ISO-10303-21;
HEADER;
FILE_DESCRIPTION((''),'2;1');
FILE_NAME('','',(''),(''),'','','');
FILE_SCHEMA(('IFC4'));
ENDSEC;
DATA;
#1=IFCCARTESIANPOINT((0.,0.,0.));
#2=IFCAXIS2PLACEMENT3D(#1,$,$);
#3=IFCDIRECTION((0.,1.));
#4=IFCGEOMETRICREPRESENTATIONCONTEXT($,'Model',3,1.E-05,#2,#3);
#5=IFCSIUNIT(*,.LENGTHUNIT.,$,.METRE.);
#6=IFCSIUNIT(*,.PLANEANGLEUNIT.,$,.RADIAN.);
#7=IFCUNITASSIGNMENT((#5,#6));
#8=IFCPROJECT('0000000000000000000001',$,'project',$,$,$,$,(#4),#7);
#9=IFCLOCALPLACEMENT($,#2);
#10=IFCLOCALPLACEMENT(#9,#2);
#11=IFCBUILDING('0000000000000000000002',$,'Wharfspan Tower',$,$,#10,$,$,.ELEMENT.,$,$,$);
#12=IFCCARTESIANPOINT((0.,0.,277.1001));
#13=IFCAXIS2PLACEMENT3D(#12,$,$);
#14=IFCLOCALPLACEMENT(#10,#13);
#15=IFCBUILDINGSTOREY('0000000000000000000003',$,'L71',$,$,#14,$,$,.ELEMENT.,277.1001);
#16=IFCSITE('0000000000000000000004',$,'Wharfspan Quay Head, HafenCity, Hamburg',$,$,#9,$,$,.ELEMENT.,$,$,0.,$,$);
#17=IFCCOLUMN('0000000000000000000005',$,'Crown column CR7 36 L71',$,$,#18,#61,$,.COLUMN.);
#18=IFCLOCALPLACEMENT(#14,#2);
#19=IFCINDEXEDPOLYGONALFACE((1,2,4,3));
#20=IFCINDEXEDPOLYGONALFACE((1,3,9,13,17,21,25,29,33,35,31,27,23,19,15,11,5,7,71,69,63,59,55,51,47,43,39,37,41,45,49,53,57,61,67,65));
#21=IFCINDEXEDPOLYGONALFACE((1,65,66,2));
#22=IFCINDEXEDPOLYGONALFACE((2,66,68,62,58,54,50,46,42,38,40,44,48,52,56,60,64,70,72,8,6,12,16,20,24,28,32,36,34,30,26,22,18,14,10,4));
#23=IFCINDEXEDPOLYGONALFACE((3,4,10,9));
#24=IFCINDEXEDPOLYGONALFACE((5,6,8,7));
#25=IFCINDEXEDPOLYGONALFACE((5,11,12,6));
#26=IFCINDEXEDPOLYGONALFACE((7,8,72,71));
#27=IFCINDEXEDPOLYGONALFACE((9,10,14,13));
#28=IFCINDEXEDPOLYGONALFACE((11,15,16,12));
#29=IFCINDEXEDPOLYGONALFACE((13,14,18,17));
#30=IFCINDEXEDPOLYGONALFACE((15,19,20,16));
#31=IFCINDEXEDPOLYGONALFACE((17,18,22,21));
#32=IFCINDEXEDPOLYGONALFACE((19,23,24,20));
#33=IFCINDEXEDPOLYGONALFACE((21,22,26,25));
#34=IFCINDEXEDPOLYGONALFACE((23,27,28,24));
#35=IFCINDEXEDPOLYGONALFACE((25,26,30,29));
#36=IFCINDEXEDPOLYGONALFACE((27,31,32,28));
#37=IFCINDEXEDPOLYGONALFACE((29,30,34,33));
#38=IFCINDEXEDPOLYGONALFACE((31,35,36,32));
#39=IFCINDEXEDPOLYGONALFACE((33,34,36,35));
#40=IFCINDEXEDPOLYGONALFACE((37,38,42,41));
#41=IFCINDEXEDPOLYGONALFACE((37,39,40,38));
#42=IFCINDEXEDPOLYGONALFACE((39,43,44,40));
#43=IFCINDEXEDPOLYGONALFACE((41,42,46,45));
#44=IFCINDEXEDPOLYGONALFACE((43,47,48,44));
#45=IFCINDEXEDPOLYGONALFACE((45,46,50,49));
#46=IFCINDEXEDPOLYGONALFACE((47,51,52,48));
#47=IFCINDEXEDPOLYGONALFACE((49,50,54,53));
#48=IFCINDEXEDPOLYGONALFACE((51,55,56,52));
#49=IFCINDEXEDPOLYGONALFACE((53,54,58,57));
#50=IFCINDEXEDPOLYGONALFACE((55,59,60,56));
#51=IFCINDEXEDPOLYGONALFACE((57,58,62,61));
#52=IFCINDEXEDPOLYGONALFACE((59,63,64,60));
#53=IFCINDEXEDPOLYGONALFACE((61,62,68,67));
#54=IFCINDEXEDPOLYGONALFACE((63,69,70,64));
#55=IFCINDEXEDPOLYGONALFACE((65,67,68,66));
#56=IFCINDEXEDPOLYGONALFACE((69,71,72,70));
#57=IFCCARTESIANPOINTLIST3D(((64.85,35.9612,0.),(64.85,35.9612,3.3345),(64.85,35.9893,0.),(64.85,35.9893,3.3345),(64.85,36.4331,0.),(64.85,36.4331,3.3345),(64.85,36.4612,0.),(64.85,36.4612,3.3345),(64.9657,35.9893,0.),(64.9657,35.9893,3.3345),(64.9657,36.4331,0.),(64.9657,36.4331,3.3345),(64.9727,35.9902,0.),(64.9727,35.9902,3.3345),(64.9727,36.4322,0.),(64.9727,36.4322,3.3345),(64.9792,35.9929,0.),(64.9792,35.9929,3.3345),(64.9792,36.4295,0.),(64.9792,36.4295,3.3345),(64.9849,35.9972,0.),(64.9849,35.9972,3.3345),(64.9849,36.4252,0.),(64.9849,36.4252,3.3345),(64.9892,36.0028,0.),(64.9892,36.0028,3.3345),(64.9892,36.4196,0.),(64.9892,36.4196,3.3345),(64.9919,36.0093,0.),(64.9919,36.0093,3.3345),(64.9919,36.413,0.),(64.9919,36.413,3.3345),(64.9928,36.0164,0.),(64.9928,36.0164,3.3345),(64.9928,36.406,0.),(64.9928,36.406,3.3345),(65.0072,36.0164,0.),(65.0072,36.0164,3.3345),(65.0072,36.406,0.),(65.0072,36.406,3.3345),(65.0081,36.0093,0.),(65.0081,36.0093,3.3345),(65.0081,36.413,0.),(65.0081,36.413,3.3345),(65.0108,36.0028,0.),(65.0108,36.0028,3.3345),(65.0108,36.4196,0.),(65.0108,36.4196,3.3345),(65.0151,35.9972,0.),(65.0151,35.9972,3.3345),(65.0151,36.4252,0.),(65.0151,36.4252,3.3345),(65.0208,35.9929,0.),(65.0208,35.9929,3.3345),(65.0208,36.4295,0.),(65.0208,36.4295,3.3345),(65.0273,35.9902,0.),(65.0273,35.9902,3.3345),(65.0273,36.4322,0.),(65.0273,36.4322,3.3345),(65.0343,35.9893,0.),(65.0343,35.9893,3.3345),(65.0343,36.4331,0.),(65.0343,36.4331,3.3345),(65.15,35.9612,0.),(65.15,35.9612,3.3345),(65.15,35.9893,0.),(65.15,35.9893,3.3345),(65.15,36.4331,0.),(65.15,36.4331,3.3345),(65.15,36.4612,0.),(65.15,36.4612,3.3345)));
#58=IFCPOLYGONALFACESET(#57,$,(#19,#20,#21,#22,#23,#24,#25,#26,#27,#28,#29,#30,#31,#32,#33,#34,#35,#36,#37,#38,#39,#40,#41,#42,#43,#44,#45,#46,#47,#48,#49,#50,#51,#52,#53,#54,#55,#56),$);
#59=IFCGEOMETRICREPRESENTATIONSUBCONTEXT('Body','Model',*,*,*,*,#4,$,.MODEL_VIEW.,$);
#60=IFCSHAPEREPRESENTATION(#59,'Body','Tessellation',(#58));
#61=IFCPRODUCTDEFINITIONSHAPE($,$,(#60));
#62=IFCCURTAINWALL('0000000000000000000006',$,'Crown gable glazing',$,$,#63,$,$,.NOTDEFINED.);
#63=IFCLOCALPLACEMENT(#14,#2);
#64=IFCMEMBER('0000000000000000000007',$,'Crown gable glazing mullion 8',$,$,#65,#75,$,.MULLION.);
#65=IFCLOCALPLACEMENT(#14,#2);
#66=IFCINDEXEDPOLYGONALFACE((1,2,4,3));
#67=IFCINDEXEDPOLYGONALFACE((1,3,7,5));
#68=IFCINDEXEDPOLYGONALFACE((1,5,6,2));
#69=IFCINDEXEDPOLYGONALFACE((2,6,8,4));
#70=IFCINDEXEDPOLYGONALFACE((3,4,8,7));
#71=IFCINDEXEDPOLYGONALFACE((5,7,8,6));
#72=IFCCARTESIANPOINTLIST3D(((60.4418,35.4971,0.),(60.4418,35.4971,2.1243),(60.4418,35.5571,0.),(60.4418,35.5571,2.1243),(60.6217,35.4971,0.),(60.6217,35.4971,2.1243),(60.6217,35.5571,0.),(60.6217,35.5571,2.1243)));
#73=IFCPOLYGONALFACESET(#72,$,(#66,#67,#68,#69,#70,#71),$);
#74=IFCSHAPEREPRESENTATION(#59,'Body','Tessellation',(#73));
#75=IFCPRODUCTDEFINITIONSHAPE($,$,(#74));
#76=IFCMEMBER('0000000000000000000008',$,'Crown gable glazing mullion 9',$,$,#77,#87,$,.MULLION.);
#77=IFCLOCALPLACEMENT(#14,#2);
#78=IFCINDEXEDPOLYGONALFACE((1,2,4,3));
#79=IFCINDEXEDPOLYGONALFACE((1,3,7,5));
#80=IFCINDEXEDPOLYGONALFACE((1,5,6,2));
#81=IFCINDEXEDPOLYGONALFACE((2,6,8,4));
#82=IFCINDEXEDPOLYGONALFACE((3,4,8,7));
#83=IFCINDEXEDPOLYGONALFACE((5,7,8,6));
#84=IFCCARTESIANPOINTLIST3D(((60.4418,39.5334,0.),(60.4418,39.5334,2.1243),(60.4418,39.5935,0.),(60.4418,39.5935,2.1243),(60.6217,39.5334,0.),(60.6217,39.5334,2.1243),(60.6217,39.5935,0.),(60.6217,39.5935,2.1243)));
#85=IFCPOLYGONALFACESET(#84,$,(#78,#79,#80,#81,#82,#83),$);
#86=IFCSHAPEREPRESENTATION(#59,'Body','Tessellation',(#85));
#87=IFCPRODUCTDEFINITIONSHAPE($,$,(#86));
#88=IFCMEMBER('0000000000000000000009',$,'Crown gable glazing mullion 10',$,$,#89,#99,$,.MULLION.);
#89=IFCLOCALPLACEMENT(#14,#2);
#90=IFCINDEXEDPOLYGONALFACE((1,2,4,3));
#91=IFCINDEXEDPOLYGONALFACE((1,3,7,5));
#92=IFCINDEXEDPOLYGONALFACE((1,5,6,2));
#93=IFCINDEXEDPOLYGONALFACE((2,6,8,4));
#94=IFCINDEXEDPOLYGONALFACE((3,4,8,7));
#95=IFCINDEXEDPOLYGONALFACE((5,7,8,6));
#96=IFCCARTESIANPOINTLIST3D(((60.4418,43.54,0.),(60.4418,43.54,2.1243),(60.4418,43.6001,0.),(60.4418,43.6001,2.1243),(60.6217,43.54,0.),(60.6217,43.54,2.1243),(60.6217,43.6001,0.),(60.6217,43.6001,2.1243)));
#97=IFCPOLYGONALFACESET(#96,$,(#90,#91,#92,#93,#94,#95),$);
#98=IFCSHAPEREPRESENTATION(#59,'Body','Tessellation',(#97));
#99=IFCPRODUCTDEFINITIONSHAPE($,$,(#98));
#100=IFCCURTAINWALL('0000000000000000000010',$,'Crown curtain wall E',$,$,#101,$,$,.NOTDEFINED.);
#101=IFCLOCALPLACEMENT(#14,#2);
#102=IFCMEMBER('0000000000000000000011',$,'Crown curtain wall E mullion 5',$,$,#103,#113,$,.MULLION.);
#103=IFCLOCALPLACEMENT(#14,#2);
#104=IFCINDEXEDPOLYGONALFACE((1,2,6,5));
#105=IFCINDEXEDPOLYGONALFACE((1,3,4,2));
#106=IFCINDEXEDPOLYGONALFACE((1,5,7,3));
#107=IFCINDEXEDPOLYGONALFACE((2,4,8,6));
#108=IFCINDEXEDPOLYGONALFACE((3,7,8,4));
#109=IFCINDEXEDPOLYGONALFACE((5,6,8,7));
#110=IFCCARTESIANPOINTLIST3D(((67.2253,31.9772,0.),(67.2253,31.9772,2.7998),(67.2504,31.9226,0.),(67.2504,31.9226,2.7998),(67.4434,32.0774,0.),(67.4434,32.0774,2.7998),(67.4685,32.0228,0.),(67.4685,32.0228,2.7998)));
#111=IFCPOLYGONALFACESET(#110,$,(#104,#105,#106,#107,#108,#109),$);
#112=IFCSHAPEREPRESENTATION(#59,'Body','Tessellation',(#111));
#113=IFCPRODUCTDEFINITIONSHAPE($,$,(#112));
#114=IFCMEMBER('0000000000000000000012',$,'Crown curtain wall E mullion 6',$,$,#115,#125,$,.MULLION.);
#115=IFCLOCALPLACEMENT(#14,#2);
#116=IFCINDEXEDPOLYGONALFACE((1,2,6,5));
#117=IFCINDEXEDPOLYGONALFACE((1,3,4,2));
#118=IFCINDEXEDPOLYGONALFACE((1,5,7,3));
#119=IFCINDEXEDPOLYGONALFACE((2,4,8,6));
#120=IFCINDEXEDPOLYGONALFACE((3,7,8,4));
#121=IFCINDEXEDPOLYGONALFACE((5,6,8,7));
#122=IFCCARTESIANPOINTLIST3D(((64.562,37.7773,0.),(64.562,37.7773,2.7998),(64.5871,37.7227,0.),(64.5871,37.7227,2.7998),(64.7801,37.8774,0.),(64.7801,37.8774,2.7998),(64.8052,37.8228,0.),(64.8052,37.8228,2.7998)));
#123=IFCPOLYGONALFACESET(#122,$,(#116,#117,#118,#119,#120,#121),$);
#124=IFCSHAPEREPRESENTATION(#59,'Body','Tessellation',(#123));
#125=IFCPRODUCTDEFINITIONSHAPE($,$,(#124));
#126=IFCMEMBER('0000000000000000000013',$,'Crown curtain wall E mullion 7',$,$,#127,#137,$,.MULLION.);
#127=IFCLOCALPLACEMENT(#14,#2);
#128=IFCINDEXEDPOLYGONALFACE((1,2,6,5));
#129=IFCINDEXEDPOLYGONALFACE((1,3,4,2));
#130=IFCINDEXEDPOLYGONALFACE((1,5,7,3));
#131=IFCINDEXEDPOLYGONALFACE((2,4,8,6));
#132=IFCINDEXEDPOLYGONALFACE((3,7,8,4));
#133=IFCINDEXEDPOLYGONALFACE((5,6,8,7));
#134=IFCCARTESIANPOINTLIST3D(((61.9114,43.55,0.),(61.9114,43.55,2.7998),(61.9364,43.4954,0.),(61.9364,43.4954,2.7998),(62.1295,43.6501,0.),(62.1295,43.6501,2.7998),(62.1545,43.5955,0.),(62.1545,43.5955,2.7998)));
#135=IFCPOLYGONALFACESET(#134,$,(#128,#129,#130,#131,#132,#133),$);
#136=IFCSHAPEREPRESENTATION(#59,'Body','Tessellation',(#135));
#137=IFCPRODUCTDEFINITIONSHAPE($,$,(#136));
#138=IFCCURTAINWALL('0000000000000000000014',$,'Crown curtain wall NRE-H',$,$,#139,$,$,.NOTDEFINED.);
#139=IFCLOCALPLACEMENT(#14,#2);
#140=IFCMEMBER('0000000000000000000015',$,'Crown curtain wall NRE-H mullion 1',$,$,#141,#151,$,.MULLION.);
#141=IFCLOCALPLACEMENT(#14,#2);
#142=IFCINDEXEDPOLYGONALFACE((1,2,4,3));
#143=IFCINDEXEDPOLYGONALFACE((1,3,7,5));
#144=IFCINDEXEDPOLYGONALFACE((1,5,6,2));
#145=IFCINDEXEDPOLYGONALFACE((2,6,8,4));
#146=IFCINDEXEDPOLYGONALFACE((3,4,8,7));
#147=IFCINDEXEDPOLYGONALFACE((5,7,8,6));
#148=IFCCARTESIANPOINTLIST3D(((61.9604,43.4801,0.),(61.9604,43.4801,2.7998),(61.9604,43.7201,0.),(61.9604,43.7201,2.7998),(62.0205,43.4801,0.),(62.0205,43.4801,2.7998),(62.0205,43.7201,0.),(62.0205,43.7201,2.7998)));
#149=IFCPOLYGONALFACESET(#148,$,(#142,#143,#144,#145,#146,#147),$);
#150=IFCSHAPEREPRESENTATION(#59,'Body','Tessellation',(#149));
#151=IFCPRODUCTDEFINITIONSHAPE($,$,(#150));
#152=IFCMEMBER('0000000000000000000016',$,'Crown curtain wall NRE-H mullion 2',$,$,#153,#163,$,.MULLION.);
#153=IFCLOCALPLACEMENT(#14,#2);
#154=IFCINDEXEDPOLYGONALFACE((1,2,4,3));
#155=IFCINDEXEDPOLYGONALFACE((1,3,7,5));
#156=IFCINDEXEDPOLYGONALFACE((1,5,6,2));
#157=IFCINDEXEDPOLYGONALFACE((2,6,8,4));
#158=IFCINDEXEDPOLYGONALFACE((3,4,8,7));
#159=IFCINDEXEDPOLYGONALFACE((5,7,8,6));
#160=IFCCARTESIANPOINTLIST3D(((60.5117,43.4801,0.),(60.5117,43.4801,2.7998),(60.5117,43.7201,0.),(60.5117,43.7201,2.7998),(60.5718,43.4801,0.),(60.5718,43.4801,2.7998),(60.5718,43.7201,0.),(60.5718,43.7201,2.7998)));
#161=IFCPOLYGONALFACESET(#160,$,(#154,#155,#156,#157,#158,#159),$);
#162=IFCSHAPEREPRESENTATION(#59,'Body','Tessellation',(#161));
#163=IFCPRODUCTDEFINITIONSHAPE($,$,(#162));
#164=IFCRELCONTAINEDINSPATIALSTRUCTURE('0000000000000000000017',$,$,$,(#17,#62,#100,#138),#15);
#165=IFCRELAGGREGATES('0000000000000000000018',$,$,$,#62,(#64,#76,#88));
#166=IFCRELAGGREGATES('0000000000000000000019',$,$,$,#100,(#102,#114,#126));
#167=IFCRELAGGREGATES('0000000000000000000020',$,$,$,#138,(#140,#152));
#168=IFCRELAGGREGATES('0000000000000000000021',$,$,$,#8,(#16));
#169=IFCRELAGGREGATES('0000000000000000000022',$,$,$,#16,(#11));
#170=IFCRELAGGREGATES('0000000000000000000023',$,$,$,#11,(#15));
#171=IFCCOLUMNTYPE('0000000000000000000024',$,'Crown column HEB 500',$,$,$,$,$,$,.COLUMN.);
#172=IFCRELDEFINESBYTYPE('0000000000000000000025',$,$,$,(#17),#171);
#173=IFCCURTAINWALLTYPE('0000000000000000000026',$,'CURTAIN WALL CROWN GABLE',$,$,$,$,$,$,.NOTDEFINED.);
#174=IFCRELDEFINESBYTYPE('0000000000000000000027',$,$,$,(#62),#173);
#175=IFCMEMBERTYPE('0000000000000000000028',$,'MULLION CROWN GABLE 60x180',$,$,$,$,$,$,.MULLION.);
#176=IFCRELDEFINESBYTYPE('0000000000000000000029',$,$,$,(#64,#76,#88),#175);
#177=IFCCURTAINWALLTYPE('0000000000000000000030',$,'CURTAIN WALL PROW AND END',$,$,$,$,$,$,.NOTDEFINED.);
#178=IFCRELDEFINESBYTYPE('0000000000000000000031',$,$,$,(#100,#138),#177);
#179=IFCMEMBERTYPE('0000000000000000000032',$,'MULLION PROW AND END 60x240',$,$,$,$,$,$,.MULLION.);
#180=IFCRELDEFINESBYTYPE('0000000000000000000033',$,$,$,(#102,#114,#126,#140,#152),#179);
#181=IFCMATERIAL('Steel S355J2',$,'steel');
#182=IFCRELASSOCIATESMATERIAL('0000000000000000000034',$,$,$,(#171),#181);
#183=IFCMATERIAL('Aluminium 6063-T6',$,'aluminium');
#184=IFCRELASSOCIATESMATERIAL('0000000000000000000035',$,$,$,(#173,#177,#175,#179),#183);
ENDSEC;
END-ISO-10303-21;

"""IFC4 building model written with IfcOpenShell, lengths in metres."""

from ifc_helpers import new_model, si_unit, direction, frame, origin, origin_2d, place, context, subcontext, project, spatial, rectangle, i_section, extrude, material, material_profile, profile_set, type_object, element, aggregate, save


model = new_model("IFC4")

# Units and contexts
model_context = context("Model", 3, precision=1e-05, world=origin(), true_north=direction((0.0, 1.0)))
body_context = subcontext(model_context, "Body", "Model", "MODEL_VIEW")
ifc_project = project(units=[si_unit("LENGTHUNIT", "METRE"), si_unit("PLANEANGLEUNIT", "RADIAN")], contexts=[model_context])

# Site, building, storey
site_placement = place(None, origin())
site = spatial("IfcSite", under=ifc_project, at=site_placement, Name="Wharfspan Quay Head, HafenCity, Hamburg", CompositionType="ELEMENT", RefElevation=0.0)
building_placement = place(site_placement, origin())
building = spatial("IfcBuilding", under=site, at=building_placement, Name="Wharfspan Tower", CompositionType="ELEMENT")
storey_placement = place(building_placement, frame((0.0, 0.0, 277.1001)))
storey = spatial("IfcBuildingStorey", under=building, at=storey_placement, Name="L71", CompositionType="ELEMENT", Elevation=277.1001)

# Column
ifc_material_1 = material(Name="Steel S355J2", Category="steel")
ifc_material_profile_1 = material_profile(ifc_material_1, i_section(OverallWidth=0.3, OverallDepth=0.5, WebThickness=0.0144, FlangeThickness=0.0281, FilletRadius=0.0271, at=origin_2d()))
ifc_profile_set_1 = profile_set([ifc_material_profile_1], Name="Steel S355J2")
column_type = type_object("IfcColumnType", Name="Crown column HEB 500", PredefinedType="COLUMN", material=ifc_profile_set_1)
column_placement = place(storey_placement, frame((65.0, 36.2112, 0.0), z_axis=(0.0, 0.0, 1.0), x_axis=(1.0, 0.0, 0.0)))
element("IfcColumn", 1, at=column_placement, inside=storey, type_object=column_type, Name="Crown column CR7 36 L71", PredefinedType="COLUMN", context=body_context, shape_type="SweptSolid", body=[
    extrude(i_section(OverallWidth=0.3, OverallDepth=0.5, WebThickness=0.0144, FlangeThickness=0.0281, FilletRadius=0.0271, at=origin_2d()), origin(), (0.0, 0.0, 1.0), 3.3345),
])

# Curtain walls, members
ifc_material_2 = material(Name="Aluminium 6063-T6", Category="aluminium")
curtain_wall_type_1 = type_object("IfcCurtainWallType", Name="CURTAIN WALL CROWN GABLE", PredefinedType="NOTDEFINED", material=ifc_material_2)
curtain_wall_1_placement = place(storey_placement, origin())
curtain_wall_1 = element("IfcCurtainWall", 2, at=curtain_wall_1_placement, inside=storey, type_object=curtain_wall_type_1, Name="Crown gable glazing", PredefinedType="NOTDEFINED")
ifc_material_profile_2 = material_profile(ifc_material_2, rectangle(XDim=0.1799, YDim=0.0601, at=origin_2d()))
ifc_profile_set_2 = profile_set([ifc_material_profile_2], Name="Aluminium 6063-T6")
member_type_1 = type_object("IfcMemberType", Name="MULLION CROWN GABLE 60x180", PredefinedType="MULLION", material=ifc_profile_set_2)
member_1_placement = place(storey_placement, frame((60.5317, 35.5271, 0.0), z_axis=(0.0, 0.0, 1.0), x_axis=(-1.0, 0.0, 0.0)))
member_1 = element("IfcMember", 3, at=member_1_placement, type_object=member_type_1, Name="Crown gable glazing mullion 8", PredefinedType="MULLION", context=body_context, shape_type="SweptSolid", body=[
    extrude(rectangle(XDim=0.1799, YDim=0.0601, at=origin_2d()), origin(), (0.0, 0.0, 1.0), 2.1243),
])
member_2_placement = place(storey_placement, frame((60.5317, 39.5635, 0.0), z_axis=(0.0, 0.0, 1.0), x_axis=(-1.0, 0.0, 0.0)))
member_2 = element("IfcMember", 4, at=member_2_placement, type_object=member_type_1, Name="Crown gable glazing mullion 9", PredefinedType="MULLION", context=body_context, shape_type="SweptSolid", body=[
    extrude(rectangle(XDim=0.1799, YDim=0.0601, at=origin_2d()), origin(), (0.0, 0.0, 1.0), 2.1243),
])
member_3_placement = place(storey_placement, frame((60.5317, 43.5701, 0.0), z_axis=(0.0, 0.0, 1.0), x_axis=(-1.0, 0.0, 0.0)))
member_3 = element("IfcMember", 5, at=member_3_placement, type_object=member_type_1, Name="Crown gable glazing mullion 10", PredefinedType="MULLION", context=body_context, shape_type="SweptSolid", body=[
    extrude(rectangle(XDim=0.1799, YDim=0.0601, at=origin_2d()), origin(), (0.0, 0.0, 1.0), 2.1243),
])
curtain_wall_type_2 = type_object("IfcCurtainWallType", Name="CURTAIN WALL PROW AND END", PredefinedType="NOTDEFINED", material=ifc_material_2)
curtain_wall_2_placement = place(storey_placement, origin())
curtain_wall_2 = element("IfcCurtainWall", 6, at=curtain_wall_2_placement, inside=storey, type_object=curtain_wall_type_2, Name="Crown curtain wall E", PredefinedType="NOTDEFINED")
ifc_material_profile_3 = material_profile(ifc_material_2, rectangle(XDim=0.24, YDim=0.0601, at=origin_2d()))
ifc_profile_set_3 = profile_set([ifc_material_profile_3], Name="Aluminium 6063-T6")
member_type_2 = type_object("IfcMemberType", Name="MULLION PROW AND END 60x240", PredefinedType="MULLION", material=ifc_profile_set_3)
member_4_placement = place(storey_placement, frame((67.3469, 32.0, 0.0), z_axis=(0.0, 0.0, 1.0), x_axis=(-0.908769, -0.417292, 0.0)))
member_4 = element("IfcMember", 7, at=member_4_placement, type_object=member_type_2, Name="Crown curtain wall E mullion 5", PredefinedType="MULLION", context=body_context, shape_type="SweptSolid", body=[
    extrude(rectangle(XDim=0.24, YDim=0.0601, at=origin_2d()), origin(), (0.0, 0.0, 1.0), 2.7998),
])
member_5_placement = place(storey_placement, frame((64.6836, 37.8, 0.0), z_axis=(0.0, 0.0, 1.0), x_axis=(-0.908769, -0.417292, 0.0)))
member_5 = element("IfcMember", 8, at=member_5_placement, type_object=member_type_2, Name="Crown curtain wall E mullion 6", PredefinedType="MULLION", context=body_context, shape_type="SweptSolid", body=[
    extrude(rectangle(XDim=0.24, YDim=0.0601, at=origin_2d()), origin(), (0.0, 0.0, 1.0), 2.7998),
])
member_6_placement = place(storey_placement, frame((62.033, 43.5728, 0.0), z_axis=(0.0, 0.0, 1.0), x_axis=(-0.908769, -0.417292, 0.0)))
member_6 = element("IfcMember", 9, at=member_6_placement, type_object=member_type_2, Name="Crown curtain wall E mullion 7", PredefinedType="MULLION", context=body_context, shape_type="SweptSolid", body=[
    extrude(rectangle(XDim=0.24, YDim=0.0601, at=origin_2d()), origin(), (0.0, 0.0, 1.0), 2.7998),
])
curtain_wall_3_placement = place(storey_placement, origin())
curtain_wall_3 = element("IfcCurtainWall", 10, at=curtain_wall_3_placement, inside=storey, type_object=curtain_wall_type_2, Name="Crown curtain wall NRE-H", PredefinedType="NOTDEFINED")
member_7_placement = place(storey_placement, frame((61.9905, 43.6001, 0.0), z_axis=(0.0, 0.0, 1.0), x_axis=(0.0, -1.0, 0.0)))
member_7 = element("IfcMember", 11, at=member_7_placement, type_object=member_type_2, Name="Crown curtain wall NRE-H mullion 1", PredefinedType="MULLION", context=body_context, shape_type="SweptSolid", body=[
    extrude(rectangle(XDim=0.24, YDim=0.0601, at=origin_2d()), origin(), (0.0, 0.0, 1.0), 2.7998),
])
member_8_placement = place(storey_placement, frame((60.5417, 43.6001, 0.0), z_axis=(0.0, 0.0, 1.0), x_axis=(0.0, -1.0, 0.0)))
member_8 = element("IfcMember", 12, at=member_8_placement, type_object=member_type_2, Name="Crown curtain wall NRE-H mullion 2", PredefinedType="MULLION", context=body_context, shape_type="SweptSolid", body=[
    extrude(rectangle(XDim=0.24, YDim=0.0601, at=origin_2d()), origin(), (0.0, 0.0, 1.0), 2.7998),
])

aggregate(curtain_wall_1, [member_1, member_2, member_3])
aggregate(curtain_wall_2, [member_4, member_5, member_6])
aggregate(curtain_wall_3, [member_7, member_8])

save(model, "model.ifc")
